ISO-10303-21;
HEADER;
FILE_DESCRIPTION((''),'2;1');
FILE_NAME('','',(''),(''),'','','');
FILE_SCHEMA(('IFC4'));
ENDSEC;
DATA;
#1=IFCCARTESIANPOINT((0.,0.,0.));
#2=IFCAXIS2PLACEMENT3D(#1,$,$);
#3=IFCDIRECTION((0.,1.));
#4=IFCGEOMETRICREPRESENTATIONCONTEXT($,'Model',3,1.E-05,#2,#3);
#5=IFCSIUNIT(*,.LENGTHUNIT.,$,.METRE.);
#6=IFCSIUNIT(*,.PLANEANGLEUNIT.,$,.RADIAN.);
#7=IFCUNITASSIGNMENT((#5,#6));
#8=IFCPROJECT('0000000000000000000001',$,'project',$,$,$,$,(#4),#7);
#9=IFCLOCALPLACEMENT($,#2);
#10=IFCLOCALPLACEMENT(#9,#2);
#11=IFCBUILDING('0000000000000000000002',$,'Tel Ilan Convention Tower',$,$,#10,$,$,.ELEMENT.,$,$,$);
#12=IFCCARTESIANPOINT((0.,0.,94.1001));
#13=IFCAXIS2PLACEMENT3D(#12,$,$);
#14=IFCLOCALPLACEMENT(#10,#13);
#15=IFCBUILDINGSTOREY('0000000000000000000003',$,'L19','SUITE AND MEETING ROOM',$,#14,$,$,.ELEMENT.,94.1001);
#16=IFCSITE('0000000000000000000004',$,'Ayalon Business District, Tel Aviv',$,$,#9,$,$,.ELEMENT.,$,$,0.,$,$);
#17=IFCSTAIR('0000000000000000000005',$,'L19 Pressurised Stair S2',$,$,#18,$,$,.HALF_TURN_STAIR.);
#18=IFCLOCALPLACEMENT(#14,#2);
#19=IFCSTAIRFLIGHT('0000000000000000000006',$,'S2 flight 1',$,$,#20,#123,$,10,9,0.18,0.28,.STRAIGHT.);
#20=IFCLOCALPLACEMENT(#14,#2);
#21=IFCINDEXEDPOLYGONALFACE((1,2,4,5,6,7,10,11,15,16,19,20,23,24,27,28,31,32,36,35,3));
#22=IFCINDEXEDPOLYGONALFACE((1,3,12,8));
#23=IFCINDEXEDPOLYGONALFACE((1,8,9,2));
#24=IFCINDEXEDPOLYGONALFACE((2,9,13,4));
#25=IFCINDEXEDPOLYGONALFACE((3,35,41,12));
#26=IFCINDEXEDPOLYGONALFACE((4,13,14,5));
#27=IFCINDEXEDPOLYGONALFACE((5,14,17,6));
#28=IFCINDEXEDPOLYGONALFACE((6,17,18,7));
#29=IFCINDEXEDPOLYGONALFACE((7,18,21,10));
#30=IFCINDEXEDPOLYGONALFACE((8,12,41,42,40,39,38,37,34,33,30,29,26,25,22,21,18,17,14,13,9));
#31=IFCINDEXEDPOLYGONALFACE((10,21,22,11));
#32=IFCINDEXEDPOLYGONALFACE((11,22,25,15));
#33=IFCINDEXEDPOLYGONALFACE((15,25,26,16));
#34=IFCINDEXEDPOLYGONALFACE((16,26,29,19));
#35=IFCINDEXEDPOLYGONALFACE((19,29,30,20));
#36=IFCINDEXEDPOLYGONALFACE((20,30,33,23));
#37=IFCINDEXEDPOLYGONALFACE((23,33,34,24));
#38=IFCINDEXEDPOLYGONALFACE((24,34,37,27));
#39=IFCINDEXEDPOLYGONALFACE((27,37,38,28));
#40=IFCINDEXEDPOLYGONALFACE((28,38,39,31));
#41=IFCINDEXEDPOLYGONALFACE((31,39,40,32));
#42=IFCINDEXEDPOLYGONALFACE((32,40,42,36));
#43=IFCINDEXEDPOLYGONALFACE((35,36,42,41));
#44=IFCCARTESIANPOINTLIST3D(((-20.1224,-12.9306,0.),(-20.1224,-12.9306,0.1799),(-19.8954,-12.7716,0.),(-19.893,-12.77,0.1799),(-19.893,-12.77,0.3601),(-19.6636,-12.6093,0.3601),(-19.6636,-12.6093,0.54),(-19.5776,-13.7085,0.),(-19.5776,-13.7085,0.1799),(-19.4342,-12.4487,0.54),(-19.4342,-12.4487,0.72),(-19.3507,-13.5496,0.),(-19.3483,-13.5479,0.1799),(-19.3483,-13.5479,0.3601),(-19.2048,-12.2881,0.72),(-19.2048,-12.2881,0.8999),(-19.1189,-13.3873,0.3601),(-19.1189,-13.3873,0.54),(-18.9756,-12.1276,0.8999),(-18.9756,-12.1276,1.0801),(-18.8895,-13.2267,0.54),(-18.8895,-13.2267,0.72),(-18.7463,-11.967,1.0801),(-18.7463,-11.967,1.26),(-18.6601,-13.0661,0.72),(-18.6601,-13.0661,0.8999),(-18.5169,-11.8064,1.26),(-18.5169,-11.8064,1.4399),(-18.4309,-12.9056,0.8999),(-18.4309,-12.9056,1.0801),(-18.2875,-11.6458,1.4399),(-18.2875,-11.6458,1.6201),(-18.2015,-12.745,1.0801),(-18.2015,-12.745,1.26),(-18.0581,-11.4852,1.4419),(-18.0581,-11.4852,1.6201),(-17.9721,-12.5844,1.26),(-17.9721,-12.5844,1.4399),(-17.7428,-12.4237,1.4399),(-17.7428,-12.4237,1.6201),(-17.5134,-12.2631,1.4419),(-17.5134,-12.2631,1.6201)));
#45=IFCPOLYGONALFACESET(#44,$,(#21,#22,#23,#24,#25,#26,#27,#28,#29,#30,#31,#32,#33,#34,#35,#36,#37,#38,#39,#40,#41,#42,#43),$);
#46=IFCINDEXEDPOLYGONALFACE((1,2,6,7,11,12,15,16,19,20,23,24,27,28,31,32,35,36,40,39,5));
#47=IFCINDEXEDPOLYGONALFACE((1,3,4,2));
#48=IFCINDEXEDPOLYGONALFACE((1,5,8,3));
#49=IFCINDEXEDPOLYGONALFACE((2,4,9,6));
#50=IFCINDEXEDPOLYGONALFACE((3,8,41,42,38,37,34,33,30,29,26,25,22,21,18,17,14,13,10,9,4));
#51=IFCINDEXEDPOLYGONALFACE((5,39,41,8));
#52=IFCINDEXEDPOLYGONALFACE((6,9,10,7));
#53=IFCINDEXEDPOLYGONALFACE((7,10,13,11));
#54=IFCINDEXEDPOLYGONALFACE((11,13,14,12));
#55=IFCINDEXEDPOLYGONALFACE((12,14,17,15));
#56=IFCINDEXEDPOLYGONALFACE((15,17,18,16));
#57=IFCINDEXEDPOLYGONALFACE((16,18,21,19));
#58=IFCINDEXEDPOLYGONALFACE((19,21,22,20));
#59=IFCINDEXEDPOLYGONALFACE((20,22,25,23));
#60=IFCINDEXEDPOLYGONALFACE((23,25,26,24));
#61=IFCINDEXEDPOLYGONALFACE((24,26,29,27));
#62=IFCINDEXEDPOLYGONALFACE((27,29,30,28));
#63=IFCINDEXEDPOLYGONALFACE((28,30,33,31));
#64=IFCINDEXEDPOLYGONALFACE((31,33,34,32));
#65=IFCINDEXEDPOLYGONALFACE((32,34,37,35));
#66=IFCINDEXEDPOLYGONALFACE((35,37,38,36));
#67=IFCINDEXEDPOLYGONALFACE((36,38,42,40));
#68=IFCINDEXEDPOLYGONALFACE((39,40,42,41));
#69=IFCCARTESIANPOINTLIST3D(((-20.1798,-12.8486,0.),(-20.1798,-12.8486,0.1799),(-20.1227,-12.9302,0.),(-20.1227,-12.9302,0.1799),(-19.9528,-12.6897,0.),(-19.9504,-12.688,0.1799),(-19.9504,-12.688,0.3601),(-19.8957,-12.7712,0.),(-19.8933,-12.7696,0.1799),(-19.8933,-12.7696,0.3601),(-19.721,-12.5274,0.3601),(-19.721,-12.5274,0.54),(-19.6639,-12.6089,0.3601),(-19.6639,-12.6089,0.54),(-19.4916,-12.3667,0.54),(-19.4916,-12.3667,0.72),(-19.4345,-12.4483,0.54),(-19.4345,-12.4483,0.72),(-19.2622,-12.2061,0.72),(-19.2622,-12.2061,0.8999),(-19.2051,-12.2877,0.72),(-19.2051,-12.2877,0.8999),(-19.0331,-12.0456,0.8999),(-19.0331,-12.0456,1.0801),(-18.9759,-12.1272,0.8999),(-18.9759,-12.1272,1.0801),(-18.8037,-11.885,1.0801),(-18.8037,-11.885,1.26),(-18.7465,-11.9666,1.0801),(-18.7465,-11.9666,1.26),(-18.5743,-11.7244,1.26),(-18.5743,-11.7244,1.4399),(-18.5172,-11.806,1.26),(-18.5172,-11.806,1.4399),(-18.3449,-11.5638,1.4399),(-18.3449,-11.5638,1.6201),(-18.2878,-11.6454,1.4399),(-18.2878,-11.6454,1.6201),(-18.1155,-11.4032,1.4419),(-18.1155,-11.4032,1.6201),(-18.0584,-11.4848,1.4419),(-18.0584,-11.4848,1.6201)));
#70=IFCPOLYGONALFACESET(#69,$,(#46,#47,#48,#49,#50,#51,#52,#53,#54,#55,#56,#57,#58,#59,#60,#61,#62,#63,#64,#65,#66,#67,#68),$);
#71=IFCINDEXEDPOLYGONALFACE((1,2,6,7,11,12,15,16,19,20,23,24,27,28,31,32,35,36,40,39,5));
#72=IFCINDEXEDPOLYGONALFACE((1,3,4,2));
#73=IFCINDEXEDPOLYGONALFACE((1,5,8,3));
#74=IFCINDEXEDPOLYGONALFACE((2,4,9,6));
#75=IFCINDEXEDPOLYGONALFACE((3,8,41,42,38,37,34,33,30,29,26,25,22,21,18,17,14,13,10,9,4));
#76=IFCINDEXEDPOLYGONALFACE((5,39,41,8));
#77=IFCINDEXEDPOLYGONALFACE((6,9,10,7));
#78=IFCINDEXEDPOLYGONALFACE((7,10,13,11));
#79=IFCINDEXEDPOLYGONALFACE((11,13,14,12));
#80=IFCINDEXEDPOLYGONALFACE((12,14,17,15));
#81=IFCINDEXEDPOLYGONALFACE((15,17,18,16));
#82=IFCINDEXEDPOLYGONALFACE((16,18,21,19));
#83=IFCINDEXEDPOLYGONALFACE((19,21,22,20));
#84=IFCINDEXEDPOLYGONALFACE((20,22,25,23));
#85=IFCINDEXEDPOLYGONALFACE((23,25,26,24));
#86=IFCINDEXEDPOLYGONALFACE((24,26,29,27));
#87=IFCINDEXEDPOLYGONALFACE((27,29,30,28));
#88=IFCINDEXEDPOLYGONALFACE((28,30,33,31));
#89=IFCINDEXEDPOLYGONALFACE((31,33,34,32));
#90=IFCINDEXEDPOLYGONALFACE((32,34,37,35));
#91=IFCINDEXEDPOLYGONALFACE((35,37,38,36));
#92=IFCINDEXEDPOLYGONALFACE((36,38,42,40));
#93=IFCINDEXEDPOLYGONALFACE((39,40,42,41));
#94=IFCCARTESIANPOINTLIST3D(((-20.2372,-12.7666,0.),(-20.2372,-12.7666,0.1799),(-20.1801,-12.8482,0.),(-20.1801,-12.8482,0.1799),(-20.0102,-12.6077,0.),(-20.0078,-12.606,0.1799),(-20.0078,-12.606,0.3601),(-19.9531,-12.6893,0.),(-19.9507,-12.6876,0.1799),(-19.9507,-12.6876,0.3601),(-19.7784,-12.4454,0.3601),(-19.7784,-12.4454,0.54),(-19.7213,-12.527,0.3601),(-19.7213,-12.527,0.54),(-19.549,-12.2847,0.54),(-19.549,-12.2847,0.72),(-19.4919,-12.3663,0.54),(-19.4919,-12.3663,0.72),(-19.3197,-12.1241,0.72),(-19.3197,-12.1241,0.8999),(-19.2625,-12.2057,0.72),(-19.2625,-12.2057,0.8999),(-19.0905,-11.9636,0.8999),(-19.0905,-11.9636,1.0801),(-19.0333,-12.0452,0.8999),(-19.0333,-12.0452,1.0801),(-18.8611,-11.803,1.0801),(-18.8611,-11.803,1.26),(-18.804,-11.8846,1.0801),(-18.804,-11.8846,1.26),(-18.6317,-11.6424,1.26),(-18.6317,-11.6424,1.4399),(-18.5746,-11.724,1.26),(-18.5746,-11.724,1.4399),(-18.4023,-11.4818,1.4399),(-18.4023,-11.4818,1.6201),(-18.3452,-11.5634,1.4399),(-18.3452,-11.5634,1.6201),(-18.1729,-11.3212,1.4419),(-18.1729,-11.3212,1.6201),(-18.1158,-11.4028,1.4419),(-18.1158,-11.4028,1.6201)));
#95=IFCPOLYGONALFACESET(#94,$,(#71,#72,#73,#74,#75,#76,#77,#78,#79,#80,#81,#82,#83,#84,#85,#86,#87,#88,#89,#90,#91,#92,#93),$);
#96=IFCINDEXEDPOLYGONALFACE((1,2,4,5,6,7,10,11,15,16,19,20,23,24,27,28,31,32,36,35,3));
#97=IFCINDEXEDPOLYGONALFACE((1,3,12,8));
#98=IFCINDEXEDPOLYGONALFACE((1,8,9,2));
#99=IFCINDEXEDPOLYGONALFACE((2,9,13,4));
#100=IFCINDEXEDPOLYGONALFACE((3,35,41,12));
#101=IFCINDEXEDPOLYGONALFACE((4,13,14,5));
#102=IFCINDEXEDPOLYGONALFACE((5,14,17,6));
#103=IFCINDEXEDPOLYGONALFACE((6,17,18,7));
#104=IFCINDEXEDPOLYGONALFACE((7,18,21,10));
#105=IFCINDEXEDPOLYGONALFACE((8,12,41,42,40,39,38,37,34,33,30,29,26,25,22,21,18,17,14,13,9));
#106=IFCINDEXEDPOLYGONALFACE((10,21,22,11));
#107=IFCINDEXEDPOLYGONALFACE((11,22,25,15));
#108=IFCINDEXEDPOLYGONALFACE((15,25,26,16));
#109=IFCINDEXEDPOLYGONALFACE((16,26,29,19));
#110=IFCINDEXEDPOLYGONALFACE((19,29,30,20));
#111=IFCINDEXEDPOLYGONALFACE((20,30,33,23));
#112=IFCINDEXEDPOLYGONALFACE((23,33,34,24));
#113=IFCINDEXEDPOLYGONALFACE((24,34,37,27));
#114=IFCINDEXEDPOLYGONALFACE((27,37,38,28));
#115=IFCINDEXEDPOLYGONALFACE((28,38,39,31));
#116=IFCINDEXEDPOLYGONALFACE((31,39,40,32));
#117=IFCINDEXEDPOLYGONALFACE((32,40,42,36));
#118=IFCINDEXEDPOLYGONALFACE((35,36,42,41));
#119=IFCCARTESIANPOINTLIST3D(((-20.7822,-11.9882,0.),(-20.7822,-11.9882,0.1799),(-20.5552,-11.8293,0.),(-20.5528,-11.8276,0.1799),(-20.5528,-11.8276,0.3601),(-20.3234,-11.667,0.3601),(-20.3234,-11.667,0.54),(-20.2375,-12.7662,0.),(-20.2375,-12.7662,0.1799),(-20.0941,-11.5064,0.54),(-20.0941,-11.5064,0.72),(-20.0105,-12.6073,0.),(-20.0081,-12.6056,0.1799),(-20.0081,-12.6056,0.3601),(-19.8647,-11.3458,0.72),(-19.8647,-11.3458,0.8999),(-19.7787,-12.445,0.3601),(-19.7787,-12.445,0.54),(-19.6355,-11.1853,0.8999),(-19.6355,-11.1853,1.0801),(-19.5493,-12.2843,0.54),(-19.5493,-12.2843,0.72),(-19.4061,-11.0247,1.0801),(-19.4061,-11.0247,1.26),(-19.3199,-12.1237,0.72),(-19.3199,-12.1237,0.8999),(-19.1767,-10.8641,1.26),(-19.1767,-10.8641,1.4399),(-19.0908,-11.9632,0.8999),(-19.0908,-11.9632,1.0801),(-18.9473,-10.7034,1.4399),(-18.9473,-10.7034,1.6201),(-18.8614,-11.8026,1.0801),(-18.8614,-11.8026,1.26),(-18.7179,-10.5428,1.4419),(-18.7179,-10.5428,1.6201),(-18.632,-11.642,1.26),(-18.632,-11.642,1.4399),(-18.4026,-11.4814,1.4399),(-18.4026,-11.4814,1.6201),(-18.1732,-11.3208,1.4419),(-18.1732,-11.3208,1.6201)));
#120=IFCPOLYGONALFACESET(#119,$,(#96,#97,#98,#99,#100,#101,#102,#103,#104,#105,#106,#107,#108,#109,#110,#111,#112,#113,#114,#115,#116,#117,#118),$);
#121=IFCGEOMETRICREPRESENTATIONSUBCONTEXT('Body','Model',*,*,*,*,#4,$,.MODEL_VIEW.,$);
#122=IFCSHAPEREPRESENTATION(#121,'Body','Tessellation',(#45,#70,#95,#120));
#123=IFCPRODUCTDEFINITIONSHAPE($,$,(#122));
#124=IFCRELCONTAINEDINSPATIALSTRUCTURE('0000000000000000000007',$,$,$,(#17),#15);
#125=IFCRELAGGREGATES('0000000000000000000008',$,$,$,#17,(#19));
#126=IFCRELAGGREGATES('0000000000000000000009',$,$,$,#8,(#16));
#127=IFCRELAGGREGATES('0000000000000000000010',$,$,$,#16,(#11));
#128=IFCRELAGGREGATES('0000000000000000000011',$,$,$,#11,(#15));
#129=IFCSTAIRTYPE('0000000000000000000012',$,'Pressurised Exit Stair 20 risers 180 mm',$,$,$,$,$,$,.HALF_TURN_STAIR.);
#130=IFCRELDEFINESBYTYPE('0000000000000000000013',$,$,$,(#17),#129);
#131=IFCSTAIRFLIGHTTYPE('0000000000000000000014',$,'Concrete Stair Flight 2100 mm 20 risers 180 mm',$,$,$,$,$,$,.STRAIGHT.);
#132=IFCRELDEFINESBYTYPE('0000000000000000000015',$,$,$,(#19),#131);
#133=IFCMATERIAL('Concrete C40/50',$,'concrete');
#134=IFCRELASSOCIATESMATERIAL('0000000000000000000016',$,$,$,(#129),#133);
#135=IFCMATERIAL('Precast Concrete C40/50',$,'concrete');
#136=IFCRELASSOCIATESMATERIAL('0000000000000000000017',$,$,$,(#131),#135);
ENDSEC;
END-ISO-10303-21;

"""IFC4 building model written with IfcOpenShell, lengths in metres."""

from ifc_helpers import new_model, si_unit, direction, frame, origin, place, context, subcontext, project, spatial, polyline, outline, extrude, material, type_object, element, aggregate, save


model = new_model("IFC4")

# Units and contexts
model_context = context("Model", 3, precision=1e-05, world=origin(), true_north=direction((0.0, 1.0)))
body_context = subcontext(model_context, "Body", "Model", "MODEL_VIEW")
ifc_project = project(units=[si_unit("LENGTHUNIT", "METRE"), si_unit("PLANEANGLEUNIT", "RADIAN")], contexts=[model_context])

# Site, building, storey
site_placement = place(None, origin())
site = spatial("IfcSite", under=ifc_project, at=site_placement, Name="Ayalon Business District, Tel Aviv", CompositionType="ELEMENT", RefElevation=0.0)
building_placement = place(site_placement, origin())
building = spatial("IfcBuilding", under=site, at=building_placement, Name="Tel Ilan Convention Tower", CompositionType="ELEMENT")
storey_placement = place(building_placement, frame((0.0, 0.0, 94.1001)))
storey = spatial("IfcBuildingStorey", under=building, at=storey_placement, Name="L19", Description="SUITE AND MEETING ROOM", CompositionType="ELEMENT", Elevation=94.1001)

# Shared definitions
ifc_material_1 = material(Name="Concrete C40/50", Category="concrete")
stair_type = type_object("IfcStairType", Name="Pressurised Exit Stair 20 risers 180 mm", PredefinedType="HALF_TURN_STAIR", material=ifc_material_1)
ifc_material_2 = material(Name="Precast Concrete C40/50", Category="concrete")
stair_flight_type = type_object("IfcStairFlightType", Name="Concrete Stair Flight 2100 mm 20 risers 180 mm", PredefinedType="STRAIGHT", material=ifc_material_2)

# Stair, stair flight
stair_1_placement = place(storey_placement, origin())
stair_1 = element("IfcStair", 1, at=stair_1_placement, inside=storey, type_object=stair_type, Name="L19 Pressurised Stair S2", PredefinedType="HALF_TURN_STAIR")
stair_flight_1_placement = place(storey_placement, frame((-20.1799, -12.8484, 0.0), z_axis=(0.0, 0.0, 1.0), x_axis=(0.819152, 0.573576, 0.0)))
stair_flight_1 = element("IfcStairFlight", 2, at=stair_flight_1_placement, type_object=stair_flight_type, Name="S2 flight 1", NumberOfRisers=10, NumberOfTreads=9, PredefinedType="STRAIGHT", RiserHeight=0.18, TreadLength=0.28, context=body_context, shape_type="SweptSolid", body=[
    extrude(outline(polyline([(0.0, 0.0), (0.0, 0.1799), (0.28, 0.1799), (0.28, 0.3601), (0.5601, 0.3601), (0.5601, 0.54), (0.8401, 0.54), (0.8401, 0.72), (1.1201, 0.72), (1.1201, 0.8999), (1.3999, 0.8999), (1.3999, 1.0801), (1.6799, 1.0801), (1.6799, 1.26), (1.96, 1.26), (1.96, 1.4399), (2.24, 1.4399), (2.24, 1.6201), (2.52, 1.6201), (2.52, 1.8), (2.52, 1.4419), (0.2771, 0.0), (0.0, 0.0)])), frame((0.0, -0.1003, 0.0), z_axis=(0.0, -1.0, 0.0), x_axis=(1.0, 0.0, 0.0)), (0.0, 0.0, 1.0), 0.9497),
    extrude(outline(polyline([(0.0, 0.0), (0.0, 0.1799), (0.28, 0.1799), (0.28, 0.3601), (0.5601, 0.3601), (0.5601, 0.54), (0.8401, 0.54), (0.8401, 0.72), (1.1201, 0.72), (1.1201, 0.8999), (1.3999, 0.8999), (1.3999, 1.0801), (1.6799, 1.0801), (1.6799, 1.26), (1.96, 1.26), (1.96, 1.4399), (2.24, 1.4399), (2.24, 1.6201), (2.52, 1.6201), (2.52, 1.8), (2.52, 1.4419), (0.2771, 0.0), (0.0, 0.0)])), frame((0.0, -0.0002, 0.0), z_axis=(0.0, -1.0, 0.0), x_axis=(1.0, 0.0, 0.0)), (0.0, 0.0, 1.0), 0.0996),
    extrude(outline(polyline([(0.0, 0.0), (0.0, 0.1799), (0.28, 0.1799), (0.28, 0.3601), (0.5601, 0.3601), (0.5601, 0.54), (0.8401, 0.54), (0.8401, 0.72), (1.1201, 0.72), (1.1201, 0.8999), (1.3999, 0.8999), (1.3999, 1.0801), (1.6799, 1.0801), (1.6799, 1.26), (1.96, 1.26), (1.96, 1.4399), (2.24, 1.4399), (2.24, 1.6201), (2.52, 1.6201), (2.52, 1.8), (2.52, 1.4419), (0.2771, 0.0), (0.0, 0.0)])), frame((0.0, 0.0999, 0.0), z_axis=(0.0, -1.0, 0.0), x_axis=(1.0, 0.0, 0.0)), (0.0, 0.0, 1.0), 0.0996),
    extrude(outline(polyline([(0.0, 0.0), (0.0, 0.1799), (0.28, 0.1799), (0.28, 0.3601), (0.5601, 0.3601), (0.5601, 0.54), (0.8401, 0.54), (0.8401, 0.72), (1.1201, 0.72), (1.1201, 0.8999), (1.3999, 0.8999), (1.3999, 1.0801), (1.6799, 1.0801), (1.6799, 1.26), (1.96, 1.26), (1.96, 1.4399), (2.24, 1.4399), (2.24, 1.6201), (2.52, 1.6201), (2.52, 1.8), (2.52, 1.4419), (0.2771, 0.0), (0.0, 0.0)])), frame((0.0, 1.05, 0.0), z_axis=(0.0, -1.0, 0.0), x_axis=(1.0, 0.0, 0.0)), (0.0, 0.0, 1.0), 0.9497),
])
aggregate(stair_1, [stair_flight_1])

save(model, "model.ifc")
